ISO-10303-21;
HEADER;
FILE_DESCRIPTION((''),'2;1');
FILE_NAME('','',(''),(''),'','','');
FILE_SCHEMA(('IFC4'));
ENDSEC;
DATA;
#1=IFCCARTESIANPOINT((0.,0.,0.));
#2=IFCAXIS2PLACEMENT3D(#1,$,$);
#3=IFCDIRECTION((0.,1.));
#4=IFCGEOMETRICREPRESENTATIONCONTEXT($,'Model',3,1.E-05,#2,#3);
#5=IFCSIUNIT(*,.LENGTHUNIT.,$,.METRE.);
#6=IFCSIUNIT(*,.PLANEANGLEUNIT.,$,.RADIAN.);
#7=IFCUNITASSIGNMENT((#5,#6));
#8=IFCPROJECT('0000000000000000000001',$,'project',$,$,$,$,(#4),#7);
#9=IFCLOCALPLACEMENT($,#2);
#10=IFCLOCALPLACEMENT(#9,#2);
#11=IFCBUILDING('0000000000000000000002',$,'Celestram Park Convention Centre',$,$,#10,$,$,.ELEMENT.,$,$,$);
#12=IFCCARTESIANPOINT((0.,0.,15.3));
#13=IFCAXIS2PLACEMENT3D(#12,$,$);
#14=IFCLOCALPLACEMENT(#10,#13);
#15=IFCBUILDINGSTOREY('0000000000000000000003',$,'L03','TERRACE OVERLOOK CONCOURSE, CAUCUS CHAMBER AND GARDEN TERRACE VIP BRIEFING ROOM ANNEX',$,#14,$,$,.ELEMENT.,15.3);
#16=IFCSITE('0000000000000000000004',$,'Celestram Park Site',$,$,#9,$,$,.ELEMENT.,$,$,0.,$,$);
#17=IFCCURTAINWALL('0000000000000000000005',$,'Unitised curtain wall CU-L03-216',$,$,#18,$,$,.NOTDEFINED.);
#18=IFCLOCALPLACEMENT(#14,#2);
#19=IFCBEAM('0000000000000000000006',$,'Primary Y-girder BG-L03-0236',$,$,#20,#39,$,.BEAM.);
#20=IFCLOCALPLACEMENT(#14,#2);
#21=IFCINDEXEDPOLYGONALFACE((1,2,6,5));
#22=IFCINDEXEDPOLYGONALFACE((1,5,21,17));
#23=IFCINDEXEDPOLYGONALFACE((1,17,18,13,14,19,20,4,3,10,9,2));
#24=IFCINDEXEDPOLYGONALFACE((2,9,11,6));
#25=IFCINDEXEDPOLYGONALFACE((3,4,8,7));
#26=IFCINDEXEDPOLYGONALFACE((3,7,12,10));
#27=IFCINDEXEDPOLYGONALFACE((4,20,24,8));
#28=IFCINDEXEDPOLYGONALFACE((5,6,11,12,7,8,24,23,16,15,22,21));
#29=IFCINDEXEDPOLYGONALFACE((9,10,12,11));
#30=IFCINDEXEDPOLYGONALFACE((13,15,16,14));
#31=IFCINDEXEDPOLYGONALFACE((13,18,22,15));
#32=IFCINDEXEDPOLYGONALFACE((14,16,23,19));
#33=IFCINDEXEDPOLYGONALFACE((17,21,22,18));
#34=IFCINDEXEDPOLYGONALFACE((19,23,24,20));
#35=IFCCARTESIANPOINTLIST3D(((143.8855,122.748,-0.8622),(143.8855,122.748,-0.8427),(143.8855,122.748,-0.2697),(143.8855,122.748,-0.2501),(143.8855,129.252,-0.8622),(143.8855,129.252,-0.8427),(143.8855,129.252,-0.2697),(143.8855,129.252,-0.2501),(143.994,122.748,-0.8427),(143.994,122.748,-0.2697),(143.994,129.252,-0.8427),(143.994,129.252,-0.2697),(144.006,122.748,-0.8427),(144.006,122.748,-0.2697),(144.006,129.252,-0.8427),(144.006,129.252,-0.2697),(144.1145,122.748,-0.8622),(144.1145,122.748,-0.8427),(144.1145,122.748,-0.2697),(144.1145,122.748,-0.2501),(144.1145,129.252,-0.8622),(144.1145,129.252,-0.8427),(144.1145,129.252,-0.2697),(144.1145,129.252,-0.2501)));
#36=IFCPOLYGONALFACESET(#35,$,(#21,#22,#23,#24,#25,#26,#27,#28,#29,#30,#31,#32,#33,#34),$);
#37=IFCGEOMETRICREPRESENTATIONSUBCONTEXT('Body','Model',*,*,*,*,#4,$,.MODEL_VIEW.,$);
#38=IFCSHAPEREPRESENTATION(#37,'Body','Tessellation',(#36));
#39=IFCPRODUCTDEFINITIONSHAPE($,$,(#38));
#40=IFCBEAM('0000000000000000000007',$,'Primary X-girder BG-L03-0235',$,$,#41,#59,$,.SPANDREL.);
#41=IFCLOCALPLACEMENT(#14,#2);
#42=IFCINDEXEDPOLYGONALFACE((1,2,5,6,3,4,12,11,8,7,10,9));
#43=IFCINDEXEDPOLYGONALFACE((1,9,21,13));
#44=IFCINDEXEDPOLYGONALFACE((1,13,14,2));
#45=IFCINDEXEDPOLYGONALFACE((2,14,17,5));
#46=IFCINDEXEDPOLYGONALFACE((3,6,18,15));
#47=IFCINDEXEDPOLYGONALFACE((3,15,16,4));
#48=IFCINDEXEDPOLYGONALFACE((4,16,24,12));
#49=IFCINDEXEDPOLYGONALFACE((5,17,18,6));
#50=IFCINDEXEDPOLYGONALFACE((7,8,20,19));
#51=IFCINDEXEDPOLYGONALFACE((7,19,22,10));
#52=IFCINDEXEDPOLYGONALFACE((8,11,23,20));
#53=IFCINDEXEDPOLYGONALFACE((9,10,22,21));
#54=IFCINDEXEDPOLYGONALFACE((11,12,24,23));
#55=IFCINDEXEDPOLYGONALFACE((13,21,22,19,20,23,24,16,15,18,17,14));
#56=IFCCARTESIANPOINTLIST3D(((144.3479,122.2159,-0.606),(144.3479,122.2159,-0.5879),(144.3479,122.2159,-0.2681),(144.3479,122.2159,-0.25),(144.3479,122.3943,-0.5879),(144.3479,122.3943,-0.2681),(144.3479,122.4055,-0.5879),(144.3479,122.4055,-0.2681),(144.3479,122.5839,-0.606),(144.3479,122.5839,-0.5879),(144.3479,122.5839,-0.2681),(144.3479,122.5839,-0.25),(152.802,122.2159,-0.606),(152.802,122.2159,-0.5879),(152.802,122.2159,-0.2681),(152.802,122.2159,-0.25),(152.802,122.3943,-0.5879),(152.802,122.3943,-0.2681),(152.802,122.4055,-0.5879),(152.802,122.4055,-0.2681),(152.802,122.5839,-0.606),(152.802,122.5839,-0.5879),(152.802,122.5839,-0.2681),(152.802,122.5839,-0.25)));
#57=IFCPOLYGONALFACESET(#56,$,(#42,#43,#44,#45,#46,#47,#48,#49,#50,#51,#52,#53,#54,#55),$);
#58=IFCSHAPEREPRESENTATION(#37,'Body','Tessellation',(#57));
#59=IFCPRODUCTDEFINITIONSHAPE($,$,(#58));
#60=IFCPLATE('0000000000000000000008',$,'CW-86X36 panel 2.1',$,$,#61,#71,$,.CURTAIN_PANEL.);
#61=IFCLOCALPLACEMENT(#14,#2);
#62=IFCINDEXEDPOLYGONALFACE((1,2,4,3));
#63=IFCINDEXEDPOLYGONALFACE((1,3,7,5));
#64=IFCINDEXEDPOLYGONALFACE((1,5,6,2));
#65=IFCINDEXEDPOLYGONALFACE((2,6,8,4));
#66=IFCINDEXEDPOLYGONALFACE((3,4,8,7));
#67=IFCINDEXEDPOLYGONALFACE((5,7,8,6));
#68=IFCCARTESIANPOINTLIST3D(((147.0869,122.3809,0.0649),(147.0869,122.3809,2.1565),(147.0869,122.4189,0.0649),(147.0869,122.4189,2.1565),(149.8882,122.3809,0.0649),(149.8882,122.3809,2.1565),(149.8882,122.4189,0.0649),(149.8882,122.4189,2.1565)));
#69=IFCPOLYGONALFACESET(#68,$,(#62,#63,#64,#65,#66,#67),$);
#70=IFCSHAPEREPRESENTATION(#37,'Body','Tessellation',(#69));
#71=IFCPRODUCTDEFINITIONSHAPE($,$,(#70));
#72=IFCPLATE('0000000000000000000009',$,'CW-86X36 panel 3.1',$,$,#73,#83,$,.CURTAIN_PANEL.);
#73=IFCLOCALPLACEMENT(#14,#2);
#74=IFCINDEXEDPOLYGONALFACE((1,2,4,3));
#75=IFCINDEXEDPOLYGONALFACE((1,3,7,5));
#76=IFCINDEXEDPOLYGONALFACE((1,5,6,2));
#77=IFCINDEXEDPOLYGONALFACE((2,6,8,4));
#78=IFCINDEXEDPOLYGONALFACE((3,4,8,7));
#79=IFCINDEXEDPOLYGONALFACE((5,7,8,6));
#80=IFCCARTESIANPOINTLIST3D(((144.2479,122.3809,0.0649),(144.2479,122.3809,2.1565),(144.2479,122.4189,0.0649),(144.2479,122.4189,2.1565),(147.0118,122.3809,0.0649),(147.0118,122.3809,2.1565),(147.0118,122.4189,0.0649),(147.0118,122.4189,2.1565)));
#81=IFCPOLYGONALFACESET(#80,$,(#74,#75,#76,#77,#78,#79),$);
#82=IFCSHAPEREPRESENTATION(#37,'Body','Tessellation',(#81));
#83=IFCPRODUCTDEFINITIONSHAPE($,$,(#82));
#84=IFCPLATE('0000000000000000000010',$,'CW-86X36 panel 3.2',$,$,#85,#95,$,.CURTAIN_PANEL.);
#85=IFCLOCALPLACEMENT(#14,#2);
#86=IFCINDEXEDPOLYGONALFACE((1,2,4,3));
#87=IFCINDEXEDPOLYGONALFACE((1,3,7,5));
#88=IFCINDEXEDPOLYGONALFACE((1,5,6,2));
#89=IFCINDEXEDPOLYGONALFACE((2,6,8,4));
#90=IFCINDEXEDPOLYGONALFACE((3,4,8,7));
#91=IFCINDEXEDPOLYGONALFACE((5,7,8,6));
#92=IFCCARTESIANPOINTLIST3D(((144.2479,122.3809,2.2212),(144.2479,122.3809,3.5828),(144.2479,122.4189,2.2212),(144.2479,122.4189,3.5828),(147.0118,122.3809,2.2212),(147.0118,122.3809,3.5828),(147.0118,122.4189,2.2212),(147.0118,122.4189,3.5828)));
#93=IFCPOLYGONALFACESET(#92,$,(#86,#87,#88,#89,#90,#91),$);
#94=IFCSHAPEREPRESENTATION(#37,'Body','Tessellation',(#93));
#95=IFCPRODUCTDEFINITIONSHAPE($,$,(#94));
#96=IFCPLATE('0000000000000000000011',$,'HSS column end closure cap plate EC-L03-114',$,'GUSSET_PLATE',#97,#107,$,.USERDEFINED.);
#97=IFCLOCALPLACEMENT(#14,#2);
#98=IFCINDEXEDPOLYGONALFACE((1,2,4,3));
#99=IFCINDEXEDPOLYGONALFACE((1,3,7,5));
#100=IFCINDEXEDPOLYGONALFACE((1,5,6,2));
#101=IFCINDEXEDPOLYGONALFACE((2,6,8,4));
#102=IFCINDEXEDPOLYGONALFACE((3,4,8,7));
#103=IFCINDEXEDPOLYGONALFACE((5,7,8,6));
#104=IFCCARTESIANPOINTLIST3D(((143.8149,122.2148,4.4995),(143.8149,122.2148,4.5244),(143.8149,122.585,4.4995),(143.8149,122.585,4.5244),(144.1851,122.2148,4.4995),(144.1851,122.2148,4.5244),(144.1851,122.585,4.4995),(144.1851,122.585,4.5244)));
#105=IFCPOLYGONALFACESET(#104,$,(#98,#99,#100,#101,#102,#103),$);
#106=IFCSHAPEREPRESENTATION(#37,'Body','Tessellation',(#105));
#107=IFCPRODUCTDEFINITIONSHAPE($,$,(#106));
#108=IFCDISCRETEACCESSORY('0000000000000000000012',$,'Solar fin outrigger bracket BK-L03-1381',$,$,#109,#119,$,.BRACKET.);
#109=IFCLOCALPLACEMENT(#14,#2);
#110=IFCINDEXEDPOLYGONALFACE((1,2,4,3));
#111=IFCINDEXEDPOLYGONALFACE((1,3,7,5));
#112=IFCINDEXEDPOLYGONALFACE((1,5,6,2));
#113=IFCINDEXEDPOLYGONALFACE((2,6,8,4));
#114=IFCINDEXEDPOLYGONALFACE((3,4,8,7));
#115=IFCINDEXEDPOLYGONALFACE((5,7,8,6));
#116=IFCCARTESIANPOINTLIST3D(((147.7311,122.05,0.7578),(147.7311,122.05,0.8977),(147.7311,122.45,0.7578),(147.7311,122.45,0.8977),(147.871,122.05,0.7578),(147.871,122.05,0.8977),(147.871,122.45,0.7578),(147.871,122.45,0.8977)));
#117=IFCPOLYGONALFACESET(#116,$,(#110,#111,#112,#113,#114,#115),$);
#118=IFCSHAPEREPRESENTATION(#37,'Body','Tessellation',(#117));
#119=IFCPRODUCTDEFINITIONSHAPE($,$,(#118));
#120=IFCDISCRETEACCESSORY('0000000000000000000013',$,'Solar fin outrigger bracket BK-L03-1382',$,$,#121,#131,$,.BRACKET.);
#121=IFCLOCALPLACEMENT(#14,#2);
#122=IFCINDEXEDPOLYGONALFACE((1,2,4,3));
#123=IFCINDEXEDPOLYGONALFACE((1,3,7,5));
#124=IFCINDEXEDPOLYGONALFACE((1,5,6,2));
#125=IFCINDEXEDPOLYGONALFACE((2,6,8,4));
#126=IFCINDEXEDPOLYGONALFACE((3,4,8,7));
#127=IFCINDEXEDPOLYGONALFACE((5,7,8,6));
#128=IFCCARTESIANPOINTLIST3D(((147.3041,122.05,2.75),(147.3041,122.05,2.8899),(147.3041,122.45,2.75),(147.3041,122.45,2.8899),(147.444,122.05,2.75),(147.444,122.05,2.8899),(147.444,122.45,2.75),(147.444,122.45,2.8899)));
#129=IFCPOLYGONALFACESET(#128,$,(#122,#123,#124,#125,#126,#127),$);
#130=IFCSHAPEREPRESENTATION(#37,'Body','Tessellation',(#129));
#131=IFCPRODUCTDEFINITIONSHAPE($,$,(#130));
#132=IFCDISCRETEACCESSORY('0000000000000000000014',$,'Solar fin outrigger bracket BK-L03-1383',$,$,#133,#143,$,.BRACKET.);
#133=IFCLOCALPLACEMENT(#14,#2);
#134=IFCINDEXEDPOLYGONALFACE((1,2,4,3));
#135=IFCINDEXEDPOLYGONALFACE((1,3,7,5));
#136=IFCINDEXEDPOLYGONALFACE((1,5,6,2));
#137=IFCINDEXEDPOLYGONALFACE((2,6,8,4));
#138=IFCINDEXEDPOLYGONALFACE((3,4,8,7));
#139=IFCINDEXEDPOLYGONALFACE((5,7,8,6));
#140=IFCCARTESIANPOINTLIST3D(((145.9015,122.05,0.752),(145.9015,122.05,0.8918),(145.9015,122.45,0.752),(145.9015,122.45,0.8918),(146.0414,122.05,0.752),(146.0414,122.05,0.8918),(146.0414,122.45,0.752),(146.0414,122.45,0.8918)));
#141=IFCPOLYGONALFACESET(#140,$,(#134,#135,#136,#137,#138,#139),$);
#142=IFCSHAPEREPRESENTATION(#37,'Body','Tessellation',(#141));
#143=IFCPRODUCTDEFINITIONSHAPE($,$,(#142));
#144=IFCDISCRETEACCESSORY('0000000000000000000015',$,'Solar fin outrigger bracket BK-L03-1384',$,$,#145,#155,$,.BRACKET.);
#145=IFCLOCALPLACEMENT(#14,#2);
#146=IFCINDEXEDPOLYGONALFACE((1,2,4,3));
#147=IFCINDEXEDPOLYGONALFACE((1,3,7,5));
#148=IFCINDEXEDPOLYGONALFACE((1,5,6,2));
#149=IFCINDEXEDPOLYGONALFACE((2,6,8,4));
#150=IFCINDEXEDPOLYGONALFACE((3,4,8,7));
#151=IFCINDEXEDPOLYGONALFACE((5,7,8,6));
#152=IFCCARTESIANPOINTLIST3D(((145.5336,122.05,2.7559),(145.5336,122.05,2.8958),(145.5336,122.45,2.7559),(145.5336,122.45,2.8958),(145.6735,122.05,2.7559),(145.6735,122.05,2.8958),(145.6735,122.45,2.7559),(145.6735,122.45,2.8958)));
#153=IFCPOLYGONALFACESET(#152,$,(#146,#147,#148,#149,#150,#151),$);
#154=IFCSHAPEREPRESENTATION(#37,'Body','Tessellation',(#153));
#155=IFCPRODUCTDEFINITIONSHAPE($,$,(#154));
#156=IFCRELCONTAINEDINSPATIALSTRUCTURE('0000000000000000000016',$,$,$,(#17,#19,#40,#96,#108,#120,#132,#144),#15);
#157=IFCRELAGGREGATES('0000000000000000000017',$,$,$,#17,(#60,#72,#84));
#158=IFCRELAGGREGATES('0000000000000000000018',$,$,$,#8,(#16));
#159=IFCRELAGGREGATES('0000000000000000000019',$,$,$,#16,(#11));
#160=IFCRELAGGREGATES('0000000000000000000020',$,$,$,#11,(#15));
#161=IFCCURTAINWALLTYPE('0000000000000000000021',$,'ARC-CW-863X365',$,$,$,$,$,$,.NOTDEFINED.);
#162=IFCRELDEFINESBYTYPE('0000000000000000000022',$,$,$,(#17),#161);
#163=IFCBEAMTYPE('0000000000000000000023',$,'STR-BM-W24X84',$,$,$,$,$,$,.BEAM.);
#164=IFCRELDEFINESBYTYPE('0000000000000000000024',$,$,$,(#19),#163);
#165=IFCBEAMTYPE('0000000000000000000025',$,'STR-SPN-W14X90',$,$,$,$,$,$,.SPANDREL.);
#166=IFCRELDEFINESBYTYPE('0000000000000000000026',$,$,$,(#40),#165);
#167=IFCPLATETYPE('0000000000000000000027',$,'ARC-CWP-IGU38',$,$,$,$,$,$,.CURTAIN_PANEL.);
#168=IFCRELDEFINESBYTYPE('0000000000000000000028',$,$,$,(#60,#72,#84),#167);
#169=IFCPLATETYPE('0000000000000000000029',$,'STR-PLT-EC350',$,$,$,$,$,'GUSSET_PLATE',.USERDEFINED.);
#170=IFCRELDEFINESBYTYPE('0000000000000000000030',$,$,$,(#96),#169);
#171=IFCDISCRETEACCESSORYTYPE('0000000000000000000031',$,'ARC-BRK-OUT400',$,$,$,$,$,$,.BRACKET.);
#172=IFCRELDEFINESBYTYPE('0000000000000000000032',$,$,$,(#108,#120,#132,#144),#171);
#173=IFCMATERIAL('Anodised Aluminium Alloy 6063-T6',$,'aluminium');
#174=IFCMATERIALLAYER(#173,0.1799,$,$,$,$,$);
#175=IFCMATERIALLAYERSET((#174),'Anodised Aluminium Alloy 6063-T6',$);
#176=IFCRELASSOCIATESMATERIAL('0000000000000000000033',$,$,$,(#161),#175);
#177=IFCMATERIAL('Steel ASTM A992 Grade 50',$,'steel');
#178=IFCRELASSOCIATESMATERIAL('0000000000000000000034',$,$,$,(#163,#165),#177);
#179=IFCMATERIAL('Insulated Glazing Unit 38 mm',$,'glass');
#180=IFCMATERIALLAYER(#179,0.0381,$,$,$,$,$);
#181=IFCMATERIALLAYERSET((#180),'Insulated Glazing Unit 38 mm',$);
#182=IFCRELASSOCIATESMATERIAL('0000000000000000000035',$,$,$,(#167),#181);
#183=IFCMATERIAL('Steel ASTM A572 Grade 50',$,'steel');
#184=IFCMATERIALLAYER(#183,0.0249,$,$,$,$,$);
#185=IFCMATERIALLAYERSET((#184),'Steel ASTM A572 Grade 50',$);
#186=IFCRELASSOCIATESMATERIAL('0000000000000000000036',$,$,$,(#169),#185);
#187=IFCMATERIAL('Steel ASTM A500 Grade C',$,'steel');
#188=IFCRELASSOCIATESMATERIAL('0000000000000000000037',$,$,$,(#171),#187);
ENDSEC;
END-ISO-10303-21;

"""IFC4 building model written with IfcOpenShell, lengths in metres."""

from ifc_helpers import new_model, si_unit, direction, frame, origin, origin_2d, place, context, subcontext, project, spatial, rectangle, i_section, extrude, material, layer, layer_set, material_profile, profile_set, type_object, element, aggregate, save


model = new_model("IFC4")

# Units and contexts
model_context = context("Model", 3, precision=1e-05, world=origin(), true_north=direction((0.0, 1.0)))
body_context = subcontext(model_context, "Body", "Model", "MODEL_VIEW")
ifc_project = project(units=[si_unit("LENGTHUNIT", "METRE"), si_unit("PLANEANGLEUNIT", "RADIAN")], contexts=[model_context])

# Site, building, storey
site_placement = place(None, origin())
site = spatial("IfcSite", under=ifc_project, at=site_placement, Name="Celestram Park Site", CompositionType="ELEMENT", RefElevation=0.0)
building_placement = place(site_placement, origin())
building = spatial("IfcBuilding", under=site, at=building_placement, Name="Celestram Park Convention Centre", CompositionType="ELEMENT")
storey_placement = place(building_placement, frame((0.0, 0.0, 15.3)))
storey = spatial("IfcBuildingStorey", under=building, at=storey_placement, Name="L03", Description="TERRACE OVERLOOK CONCOURSE, CAUCUS CHAMBER AND GARDEN TERRACE VIP BRIEFING ROOM ANNEX", CompositionType="ELEMENT", Elevation=15.3)

# Shared definitions
ifc_material_1 = material(Name="Steel ASTM A500 Grade C", Category="steel")

# Shared definitions
ifc_material_2 = material(Name="Anodised Aluminium Alloy 6063-T6", Category="aluminium")

# Curtain wall
ifc_layer_1 = layer(ifc_material_2, 0.1799)
ifc_layer_set_1 = layer_set([ifc_layer_1], Name="Anodised Aluminium Alloy 6063-T6")
curtain_wall_type_1 = type_object("IfcCurtainWallType", Name="ARC-CW-863X365", PredefinedType="NOTDEFINED", material=ifc_layer_set_1)
curtain_wall_1_placement = place(storey_placement, origin())
curtain_wall_1 = element("IfcCurtainWall", 1, at=curtain_wall_1_placement, inside=storey, type_object=curtain_wall_type_1, Name="Unitised curtain wall CU-L03-216", PredefinedType="NOTDEFINED")

# Beams
ifc_material_3 = material(Name="Steel ASTM A992 Grade 50", Category="steel")
ifc_material_profile_1 = material_profile(ifc_material_3, i_section(OverallWidth=0.229, OverallDepth=0.6121, WebThickness=0.012, FlangeThickness=0.0195, at=origin_2d()), Name="W24X84")
ifc_profile_set_1 = profile_set([ifc_material_profile_1], Name="Steel ASTM A992 Grade 50")
beam_type_1 = type_object("IfcBeamType", Name="STR-BM-W24X84", PredefinedType="BEAM", material=ifc_profile_set_1)
beam_1_placement = place(storey_placement, frame((144.0, 122.748, -0.5562), z_axis=(0.0, 1.0, 0.0), x_axis=(-1.0, 0.0, 0.0)))
element("IfcBeam", 2, at=beam_1_placement, inside=storey, type_object=beam_type_1, Name="Primary Y-girder BG-L03-0236", PredefinedType="BEAM", context=body_context, shape_type="SweptSolid", body=[
    extrude(i_section(OverallWidth=0.229, OverallDepth=0.6121, WebThickness=0.012, FlangeThickness=0.0195, at=origin_2d()), origin(), (0.0, 0.0, 1.0), 6.5039),
])
ifc_material_profile_2 = material_profile(ifc_material_3, i_section(OverallWidth=0.3679, OverallDepth=0.356, WebThickness=0.0112, FlangeThickness=0.0181, at=origin_2d()), Name="W14X90")
ifc_profile_set_2 = profile_set([ifc_material_profile_2], Name="Steel ASTM A992 Grade 50")
beam_type_2 = type_object("IfcBeamType", Name="STR-SPN-W14X90", PredefinedType="SPANDREL", material=ifc_profile_set_2)
beam_2_placement = place(storey_placement, frame((144.3479, 122.3999, -0.428), z_axis=(1.0, 0.0, 0.0), x_axis=(0.0, 1.0, 0.0)))
element("IfcBeam", 3, at=beam_2_placement, inside=storey, type_object=beam_type_2, Name="Primary X-girder BG-L03-0235", PredefinedType="SPANDREL", context=body_context, shape_type="SweptSolid", body=[
    extrude(i_section(OverallWidth=0.3679, OverallDepth=0.356, WebThickness=0.0112, FlangeThickness=0.0181, at=origin_2d()), origin(), (0.0, 0.0, 1.0), 8.4541),
])

# Plates
ifc_material_4 = material(Name="Insulated Glazing Unit 38 mm", Category="glass")
ifc_layer_2 = layer(ifc_material_4, 0.0381)
ifc_layer_set_2 = layer_set([ifc_layer_2], Name="Insulated Glazing Unit 38 mm")
plate_type_1 = type_object("IfcPlateType", Name="ARC-CWP-IGU38", PredefinedType="CURTAIN_PANEL", material=ifc_layer_set_2)
plate_1_placement = place(storey_placement, frame((148.4875, 122.3999, 0.0649), z_axis=(0.0, 0.0, 1.0), x_axis=(-1.0, 0.0, 0.0)))
plate_1 = element("IfcPlate", 4, at=plate_1_placement, type_object=plate_type_1, Name="CW-86X36 panel 2.1", PredefinedType="CURTAIN_PANEL", context=body_context, shape_type="SweptSolid", body=[
    extrude(rectangle(XDim=2.8013, YDim=0.0381, at=origin_2d()), origin(), (0.0, 0.0, 1.0), 2.0916),
])
plate_2_placement = place(storey_placement, frame((145.6299, 122.3999, 0.0649), z_axis=(0.0, 0.0, 1.0), x_axis=(-1.0, 0.0, 0.0)))
plate_2 = element("IfcPlate", 5, at=plate_2_placement, type_object=plate_type_1, Name="CW-86X36 panel 3.1", PredefinedType="CURTAIN_PANEL", context=body_context, shape_type="SweptSolid", body=[
    extrude(rectangle(XDim=2.7639, YDim=0.0381, at=origin_2d()), origin(), (0.0, 0.0, 1.0), 2.0916),
])
plate_3_placement = place(storey_placement, frame((145.6299, 122.3999, 2.2212), z_axis=(0.0, 0.0, 1.0), x_axis=(-1.0, 0.0, 0.0)))
plate_3 = element("IfcPlate", 6, at=plate_3_placement, type_object=plate_type_1, Name="CW-86X36 panel 3.2", PredefinedType="CURTAIN_PANEL", context=body_context, shape_type="SweptSolid", body=[
    extrude(rectangle(XDim=2.7639, YDim=0.0381, at=origin_2d()), origin(), (0.0, 0.0, 1.0), 1.3616),
])
aggregate(curtain_wall_1, [plate_1, plate_2, plate_3])
ifc_material_5 = material(Name="Steel ASTM A572 Grade 50", Category="steel")
ifc_layer_3 = layer(ifc_material_5, 0.0249)
ifc_layer_set_3 = layer_set([ifc_layer_3], Name="Steel ASTM A572 Grade 50")
plate_type_2 = type_object("IfcPlateType", Name="STR-PLT-EC350", ElementType="GUSSET_PLATE", PredefinedType="USERDEFINED", material=ifc_layer_set_3)
plate_4_placement = place(storey_placement, frame((144.0, 122.3999, 4.4995), z_axis=(0.0, 0.0, 1.0), x_axis=(1.0, 0.0, 0.0)))
element("IfcPlate", 7, at=plate_4_placement, inside=storey, type_object=plate_type_2, Name="HSS column end closure cap plate EC-L03-114", ObjectType="GUSSET_PLATE", PredefinedType="USERDEFINED", context=body_context, shape_type="SweptSolid", body=[
    extrude(rectangle(XDim=0.3701, YDim=0.3701, at=origin_2d()), origin(), (0.0, 0.0, 1.0), 0.0249),
])

# Discrete accessories
discrete_accessory_type = type_object("IfcDiscreteAccessoryType", Name="ARC-BRK-OUT400", PredefinedType="BRACKET", material=ifc_material_1)
for number, where, z_axis, x_axis, name in (
    (8, (147.801, 122.25, 0.7578), (0.0, 0.0, 1.0), (0.0, -1.0, 0.0), "Solar fin outrigger bracket BK-L03-1381"),
    (9, (147.374, 122.25, 2.75), (0.0, 0.0, 1.0), (0.0, -1.0, 0.0), "Solar fin outrigger bracket BK-L03-1382"),
    (10, (145.9714, 122.25, 0.752), (0.0, 0.0, 1.0), (0.0, -1.0, 0.0), "Solar fin outrigger bracket BK-L03-1383"),
    (11, (145.6035, 122.25, 2.7559), (0.0, 0.0, 1.0), (0.0, -1.0, 0.0), "Solar fin outrigger bracket BK-L03-1384"),
):
    element("IfcDiscreteAccessory", number, at=place(storey_placement, frame(where, z_axis=z_axis, x_axis=x_axis)), inside=storey, type_object=discrete_accessory_type, Name=name, PredefinedType="BRACKET", context=body_context, shape_type="SweptSolid", body=[
        extrude(rectangle(XDim=0.3999, YDim=0.1399, at=origin_2d()), origin(), (0.0, 0.0, 1.0), 0.1399),
    ])

save(model, "model.ifc")
